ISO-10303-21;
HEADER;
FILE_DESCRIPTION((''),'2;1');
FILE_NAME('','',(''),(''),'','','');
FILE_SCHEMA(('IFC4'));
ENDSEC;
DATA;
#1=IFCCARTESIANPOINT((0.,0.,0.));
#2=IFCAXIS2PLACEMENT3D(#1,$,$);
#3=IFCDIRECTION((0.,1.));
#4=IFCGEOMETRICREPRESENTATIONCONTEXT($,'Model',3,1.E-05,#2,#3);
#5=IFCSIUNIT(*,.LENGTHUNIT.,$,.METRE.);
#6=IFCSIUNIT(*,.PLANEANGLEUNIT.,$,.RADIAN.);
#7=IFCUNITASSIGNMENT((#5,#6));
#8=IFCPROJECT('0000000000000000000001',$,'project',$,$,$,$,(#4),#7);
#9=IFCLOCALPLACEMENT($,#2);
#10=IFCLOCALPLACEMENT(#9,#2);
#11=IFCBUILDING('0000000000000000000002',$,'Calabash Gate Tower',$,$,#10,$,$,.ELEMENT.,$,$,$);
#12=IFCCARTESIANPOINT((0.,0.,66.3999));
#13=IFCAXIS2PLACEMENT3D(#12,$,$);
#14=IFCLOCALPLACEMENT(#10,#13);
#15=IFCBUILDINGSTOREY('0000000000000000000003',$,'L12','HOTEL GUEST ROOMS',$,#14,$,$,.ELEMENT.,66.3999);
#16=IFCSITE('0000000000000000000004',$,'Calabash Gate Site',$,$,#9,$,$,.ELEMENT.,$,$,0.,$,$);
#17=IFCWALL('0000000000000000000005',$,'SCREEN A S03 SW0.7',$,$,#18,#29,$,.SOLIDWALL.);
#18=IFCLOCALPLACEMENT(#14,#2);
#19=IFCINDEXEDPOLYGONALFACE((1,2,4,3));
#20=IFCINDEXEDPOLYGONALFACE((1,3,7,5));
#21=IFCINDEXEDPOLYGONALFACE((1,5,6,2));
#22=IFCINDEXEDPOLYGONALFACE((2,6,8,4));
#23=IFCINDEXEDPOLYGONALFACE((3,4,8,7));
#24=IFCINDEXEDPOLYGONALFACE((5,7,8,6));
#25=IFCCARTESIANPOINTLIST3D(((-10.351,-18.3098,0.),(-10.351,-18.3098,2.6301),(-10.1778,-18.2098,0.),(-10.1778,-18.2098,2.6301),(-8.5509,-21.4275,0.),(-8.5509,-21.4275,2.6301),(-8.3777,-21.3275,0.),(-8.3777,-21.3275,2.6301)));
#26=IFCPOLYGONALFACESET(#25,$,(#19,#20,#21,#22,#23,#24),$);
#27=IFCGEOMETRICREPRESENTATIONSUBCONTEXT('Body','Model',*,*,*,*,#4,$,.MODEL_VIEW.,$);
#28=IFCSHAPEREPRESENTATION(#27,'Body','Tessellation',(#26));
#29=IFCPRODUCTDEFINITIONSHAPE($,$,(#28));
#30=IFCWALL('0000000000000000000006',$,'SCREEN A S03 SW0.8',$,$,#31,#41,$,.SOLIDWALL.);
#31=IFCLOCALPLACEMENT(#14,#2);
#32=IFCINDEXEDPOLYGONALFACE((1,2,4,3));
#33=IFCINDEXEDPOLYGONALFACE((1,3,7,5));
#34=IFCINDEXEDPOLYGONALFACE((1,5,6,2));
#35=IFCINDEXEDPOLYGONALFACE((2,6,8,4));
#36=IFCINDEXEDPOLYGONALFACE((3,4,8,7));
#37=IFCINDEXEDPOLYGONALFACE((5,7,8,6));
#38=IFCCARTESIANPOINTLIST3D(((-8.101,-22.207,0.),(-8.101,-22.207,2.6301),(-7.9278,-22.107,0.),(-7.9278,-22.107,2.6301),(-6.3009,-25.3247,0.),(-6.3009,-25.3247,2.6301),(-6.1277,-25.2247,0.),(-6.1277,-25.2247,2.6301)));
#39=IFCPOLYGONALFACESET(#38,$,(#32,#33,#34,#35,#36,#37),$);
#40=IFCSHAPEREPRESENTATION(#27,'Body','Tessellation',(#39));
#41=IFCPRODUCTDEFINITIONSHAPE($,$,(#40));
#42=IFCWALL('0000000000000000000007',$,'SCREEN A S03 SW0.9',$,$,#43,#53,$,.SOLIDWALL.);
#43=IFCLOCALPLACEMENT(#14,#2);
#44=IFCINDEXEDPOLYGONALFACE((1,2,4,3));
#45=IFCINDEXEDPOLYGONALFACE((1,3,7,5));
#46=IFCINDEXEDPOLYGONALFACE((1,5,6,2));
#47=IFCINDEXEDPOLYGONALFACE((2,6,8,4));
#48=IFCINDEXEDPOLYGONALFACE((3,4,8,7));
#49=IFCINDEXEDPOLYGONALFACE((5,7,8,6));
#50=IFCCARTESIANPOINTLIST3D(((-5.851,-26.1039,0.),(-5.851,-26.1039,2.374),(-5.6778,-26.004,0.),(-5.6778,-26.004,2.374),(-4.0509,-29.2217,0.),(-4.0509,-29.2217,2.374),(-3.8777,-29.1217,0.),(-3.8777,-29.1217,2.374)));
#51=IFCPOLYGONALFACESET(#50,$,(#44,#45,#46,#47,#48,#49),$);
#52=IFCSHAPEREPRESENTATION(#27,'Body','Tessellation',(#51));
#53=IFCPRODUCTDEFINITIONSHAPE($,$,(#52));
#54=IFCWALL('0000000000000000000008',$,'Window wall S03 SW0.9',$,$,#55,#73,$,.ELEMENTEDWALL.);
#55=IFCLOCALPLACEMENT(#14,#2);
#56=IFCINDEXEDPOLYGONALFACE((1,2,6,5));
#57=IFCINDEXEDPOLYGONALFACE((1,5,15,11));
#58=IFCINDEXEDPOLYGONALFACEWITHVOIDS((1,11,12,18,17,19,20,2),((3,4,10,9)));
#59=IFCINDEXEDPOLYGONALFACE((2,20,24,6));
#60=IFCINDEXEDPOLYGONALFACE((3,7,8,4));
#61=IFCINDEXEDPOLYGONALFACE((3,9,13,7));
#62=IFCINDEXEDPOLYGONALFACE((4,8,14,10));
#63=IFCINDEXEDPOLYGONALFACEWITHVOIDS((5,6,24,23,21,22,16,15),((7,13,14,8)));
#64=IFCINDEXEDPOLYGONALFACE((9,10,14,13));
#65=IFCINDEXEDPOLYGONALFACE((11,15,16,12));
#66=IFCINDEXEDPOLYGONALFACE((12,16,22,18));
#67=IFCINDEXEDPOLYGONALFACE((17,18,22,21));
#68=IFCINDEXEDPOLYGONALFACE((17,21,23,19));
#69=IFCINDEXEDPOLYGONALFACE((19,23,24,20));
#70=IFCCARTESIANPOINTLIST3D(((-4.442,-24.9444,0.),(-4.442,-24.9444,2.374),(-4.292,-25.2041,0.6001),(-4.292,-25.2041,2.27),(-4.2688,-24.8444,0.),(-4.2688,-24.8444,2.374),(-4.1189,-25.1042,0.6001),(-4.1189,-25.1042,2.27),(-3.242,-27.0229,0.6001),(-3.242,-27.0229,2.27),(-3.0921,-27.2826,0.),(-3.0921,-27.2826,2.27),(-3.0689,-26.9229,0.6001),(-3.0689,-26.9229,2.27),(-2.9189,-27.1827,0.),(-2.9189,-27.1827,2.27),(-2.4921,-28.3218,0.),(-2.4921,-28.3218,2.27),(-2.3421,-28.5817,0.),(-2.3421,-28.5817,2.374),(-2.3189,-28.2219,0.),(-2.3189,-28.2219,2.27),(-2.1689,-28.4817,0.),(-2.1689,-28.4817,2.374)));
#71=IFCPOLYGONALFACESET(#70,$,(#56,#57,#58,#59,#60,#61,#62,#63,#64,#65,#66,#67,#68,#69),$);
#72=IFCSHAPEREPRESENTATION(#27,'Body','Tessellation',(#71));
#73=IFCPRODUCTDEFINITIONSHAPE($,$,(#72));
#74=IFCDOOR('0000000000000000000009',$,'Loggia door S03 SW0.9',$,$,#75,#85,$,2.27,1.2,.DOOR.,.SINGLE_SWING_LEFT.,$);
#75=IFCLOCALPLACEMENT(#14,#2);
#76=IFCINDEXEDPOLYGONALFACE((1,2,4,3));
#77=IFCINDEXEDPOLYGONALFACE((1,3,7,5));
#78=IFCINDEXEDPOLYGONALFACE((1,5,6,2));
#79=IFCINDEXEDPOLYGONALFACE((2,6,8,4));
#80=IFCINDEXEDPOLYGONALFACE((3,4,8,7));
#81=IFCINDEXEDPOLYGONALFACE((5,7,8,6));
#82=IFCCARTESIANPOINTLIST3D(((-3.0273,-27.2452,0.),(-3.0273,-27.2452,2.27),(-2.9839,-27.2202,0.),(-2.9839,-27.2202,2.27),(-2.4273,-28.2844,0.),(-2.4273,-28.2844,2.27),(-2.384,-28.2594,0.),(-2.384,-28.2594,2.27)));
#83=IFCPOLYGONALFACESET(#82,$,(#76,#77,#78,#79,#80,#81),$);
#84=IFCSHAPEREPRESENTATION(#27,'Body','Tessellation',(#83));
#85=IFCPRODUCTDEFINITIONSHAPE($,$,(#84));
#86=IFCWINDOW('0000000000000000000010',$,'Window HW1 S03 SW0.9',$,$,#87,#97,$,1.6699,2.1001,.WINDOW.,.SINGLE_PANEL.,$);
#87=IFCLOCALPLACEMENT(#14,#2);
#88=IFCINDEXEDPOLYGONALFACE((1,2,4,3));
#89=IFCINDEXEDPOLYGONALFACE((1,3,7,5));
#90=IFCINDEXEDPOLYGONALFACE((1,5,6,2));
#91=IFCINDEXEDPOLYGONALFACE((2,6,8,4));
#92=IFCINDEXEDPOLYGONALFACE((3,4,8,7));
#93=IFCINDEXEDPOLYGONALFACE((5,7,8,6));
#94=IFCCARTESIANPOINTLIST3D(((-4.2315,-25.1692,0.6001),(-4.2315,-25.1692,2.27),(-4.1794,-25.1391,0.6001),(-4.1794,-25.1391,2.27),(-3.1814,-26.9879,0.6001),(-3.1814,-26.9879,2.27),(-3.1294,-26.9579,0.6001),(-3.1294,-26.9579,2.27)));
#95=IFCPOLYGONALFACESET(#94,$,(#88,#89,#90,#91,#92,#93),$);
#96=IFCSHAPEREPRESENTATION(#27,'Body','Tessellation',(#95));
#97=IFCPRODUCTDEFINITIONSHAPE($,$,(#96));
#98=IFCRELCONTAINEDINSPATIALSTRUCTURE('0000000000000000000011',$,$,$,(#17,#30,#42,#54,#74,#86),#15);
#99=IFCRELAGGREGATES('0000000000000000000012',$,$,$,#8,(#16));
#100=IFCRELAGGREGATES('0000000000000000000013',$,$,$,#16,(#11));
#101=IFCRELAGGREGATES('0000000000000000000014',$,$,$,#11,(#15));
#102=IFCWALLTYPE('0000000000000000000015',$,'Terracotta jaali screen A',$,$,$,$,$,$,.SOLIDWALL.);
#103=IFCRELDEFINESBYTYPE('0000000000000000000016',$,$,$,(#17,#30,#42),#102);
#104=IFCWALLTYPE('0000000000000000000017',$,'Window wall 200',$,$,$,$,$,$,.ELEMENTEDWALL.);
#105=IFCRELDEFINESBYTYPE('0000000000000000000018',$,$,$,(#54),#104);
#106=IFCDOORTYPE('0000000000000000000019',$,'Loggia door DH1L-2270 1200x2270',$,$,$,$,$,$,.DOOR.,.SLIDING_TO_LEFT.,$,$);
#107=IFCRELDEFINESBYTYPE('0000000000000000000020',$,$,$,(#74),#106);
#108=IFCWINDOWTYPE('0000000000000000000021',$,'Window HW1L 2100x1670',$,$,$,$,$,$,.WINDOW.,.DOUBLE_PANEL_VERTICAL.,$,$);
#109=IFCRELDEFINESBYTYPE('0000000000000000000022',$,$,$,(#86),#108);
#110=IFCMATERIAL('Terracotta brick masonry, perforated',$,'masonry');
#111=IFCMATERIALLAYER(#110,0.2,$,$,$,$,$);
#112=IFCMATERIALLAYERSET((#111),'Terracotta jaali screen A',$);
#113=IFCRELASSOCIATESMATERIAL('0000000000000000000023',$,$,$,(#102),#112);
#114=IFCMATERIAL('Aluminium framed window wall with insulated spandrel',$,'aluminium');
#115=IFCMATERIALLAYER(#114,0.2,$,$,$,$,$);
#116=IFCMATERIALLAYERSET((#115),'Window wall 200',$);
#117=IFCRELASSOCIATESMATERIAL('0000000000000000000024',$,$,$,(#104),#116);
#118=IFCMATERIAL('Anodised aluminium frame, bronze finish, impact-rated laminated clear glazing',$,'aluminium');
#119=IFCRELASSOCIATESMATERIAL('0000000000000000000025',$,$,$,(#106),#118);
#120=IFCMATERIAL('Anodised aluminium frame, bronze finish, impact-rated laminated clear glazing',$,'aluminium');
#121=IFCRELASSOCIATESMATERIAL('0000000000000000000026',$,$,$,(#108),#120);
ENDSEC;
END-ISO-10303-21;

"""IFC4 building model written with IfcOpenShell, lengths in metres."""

from ifc_helpers import new_model, si_unit, direction, frame, frame_2d, origin, place, context, subcontext, project, spatial, rectangle, extrude, material, layer, layer_set, type_object, element, fill, save


model = new_model("IFC4")

# Units and contexts
model_context = context("Model", 3, precision=1e-05, world=origin(), true_north=direction((0.0, 1.0)))
body_context = subcontext(model_context, "Body", "Model", "MODEL_VIEW")
ifc_project = project(units=[si_unit("LENGTHUNIT", "METRE"), si_unit("PLANEANGLEUNIT", "RADIAN")], contexts=[model_context])

# Site, building, storey
site_placement = place(None, origin())
site = spatial("IfcSite", under=ifc_project, at=site_placement, Name="Calabash Gate Site", CompositionType="ELEMENT", RefElevation=0.0)
building_placement = place(site_placement, origin())
building = spatial("IfcBuilding", under=site, at=building_placement, Name="Calabash Gate Tower", CompositionType="ELEMENT")
storey_placement = place(building_placement, frame((0.0, 0.0, 66.3999)))
storey = spatial("IfcBuildingStorey", under=building, at=storey_placement, Name="L12", Description="HOTEL GUEST ROOMS", CompositionType="ELEMENT", Elevation=66.3999)

# Walls
ifc_material_1 = material(Name="Terracotta brick masonry, perforated", Category="masonry")
ifc_layer_1 = layer(ifc_material_1, 0.2)
ifc_layer_set_1 = layer_set([ifc_layer_1], Name="Terracotta jaali screen A")
wall_type_1 = type_object("IfcWallType", Name="Terracotta jaali screen A", PredefinedType="SOLIDWALL", material=ifc_layer_set_1)
for number, where, z_axis, x_axis, name in (
    (1, (-10.2644, -18.2598, 0.0), (0.0, 0.0, 1.0), (0.500012, -0.866018, 0.0), "SCREEN A S03 SW0.7"),
    (2, (-8.0144, -22.157, 0.0), (0.0, 0.0, 1.0), (0.500012, -0.866018, 0.0), "SCREEN A S03 SW0.8"),
):
    element("IfcWall", number, at=place(storey_placement, frame(where, z_axis=z_axis, x_axis=x_axis)), inside=storey, type_object=wall_type_1, Name=name, PredefinedType="SOLIDWALL", context=body_context, shape_type="SweptSolid", body=[
        extrude(rectangle(XDim=3.6001, YDim=0.2, at=frame_2d((1.8, 0.0))), origin(), (0.0, 0.0, 1.0), 2.6301),
    ])
wall_1_placement = place(storey_placement, frame((-5.7644, -26.054, 0.0), z_axis=(0.0, 0.0, 1.0), x_axis=(0.500012, -0.866018, 0.0)))
element("IfcWall", 3, at=wall_1_placement, inside=storey, type_object=wall_type_1, Name="SCREEN A S03 SW0.9", PredefinedType="SOLIDWALL", context=body_context, shape_type="SweptSolid", body=[
    extrude(rectangle(XDim=3.6001, YDim=0.2, at=frame_2d((1.8, 0.0))), origin(), (0.0, 0.0, 1.0), 2.374),
])

# Wall, openings, door, window
ifc_material_2 = material(Name="Aluminium framed window wall with insulated spandrel", Category="aluminium")
ifc_layer_2 = layer(ifc_material_2, 0.2)
ifc_layer_set_2 = layer_set([ifc_layer_2], Name="Window wall 200")
wall_type_2 = type_object("IfcWallType", Name="Window wall 200", PredefinedType="ELEMENTEDWALL", material=ifc_layer_set_2)
wall_2_placement = place(storey_placement, frame((-4.3555, -24.8943, 0.0), z_axis=(0.0, 0.0, 1.0), x_axis=(0.499984, -0.866035, 0.0)))
wall_2 = element("IfcWall", 4, at=wall_2_placement, inside=storey, type_object=wall_type_2, Name="Window wall S03 SW0.9", PredefinedType="ELEMENTEDWALL", context=body_context, shape_type="SweptSolid", body=[
    extrude(rectangle(XDim=4.2, YDim=0.2, at=frame_2d((2.1001, 0.0))), origin(), (0.0, 0.0, 1.0), 2.374),
])
opening_1_placement = place(wall_2_placement, frame((0.3, 0.0, 0.6001)))
opening_1 = element("IfcOpeningElement", 5, at=opening_1_placement, cuts=wall_2, PredefinedType="OPENING", context=body_context, shape_type="SweptSolid", body=[
    extrude(rectangle(XDim=2.1001, YDim=1.6699, at=frame_2d((1.05, 0.835))), frame((0.0, 0.1099, 0.0), z_axis=(0.0, -1.0, 0.0), x_axis=(1.0, 0.0, 0.0)), (0.0, 0.0, 1.0), 0.22),
])
opening_2_placement = place(wall_2_placement, frame((2.7, 0.0, 0.0)))
opening_2 = element("IfcOpeningElement", 6, at=opening_2_placement, cuts=wall_2, PredefinedType="OPENING", context=body_context, shape_type="SweptSolid", body=[
    extrude(rectangle(XDim=1.2, YDim=2.27, at=frame_2d((0.6001, 1.135))), frame((0.0, 0.1099, 0.0), z_axis=(0.0, -1.0, 0.0), x_axis=(1.0, 0.0, 0.0)), (0.0, 0.0, 1.0), 0.22),
])
ifc_material_3 = material(Name="Anodised aluminium frame, bronze finish, impact-rated laminated clear glazing", Category="aluminium")
door_type_1 = type_object("IfcDoorType", Name="Loggia door DH1L-2270 1200x2270", OperationType="SLIDING_TO_LEFT", PredefinedType="DOOR", material=ifc_material_3)
door_1_placement = place(opening_2_placement, origin())
door_1 = element("IfcDoor", 7, at=door_1_placement, inside=storey, type_object=door_type_1, Name="Loggia door S03 SW0.9", OperationType="SINGLE_SWING_LEFT", OverallHeight=2.27, OverallWidth=1.2, PredefinedType="DOOR", context=body_context, shape_type="SweptSolid", body=[
    extrude(rectangle(XDim=1.2, YDim=2.27, at=frame_2d((0.6001, 1.135))), frame((0.0, 0.0249, 0.0), z_axis=(0.0, -1.0, 0.0), x_axis=(1.0, 0.0, 0.0)), (0.0, 0.0, 1.0), 0.05),
])
fill(opening_2, door_1)
ifc_material_4 = material(Name="Anodised aluminium frame, bronze finish, impact-rated laminated clear glazing", Category="aluminium")
window_type_1 = type_object("IfcWindowType", Name="Window HW1L 2100x1670", PartitioningType="DOUBLE_PANEL_VERTICAL", PredefinedType="WINDOW", material=ifc_material_4)
window_1_placement = place(opening_1_placement, origin())
window_1 = element("IfcWindow", 8, at=window_1_placement, inside=storey, type_object=window_type_1, Name="Window HW1 S03 SW0.9", OverallHeight=1.6699, OverallWidth=2.1001, PartitioningType="SINGLE_PANEL", PredefinedType="WINDOW", context=body_context, shape_type="SweptSolid", body=[
    extrude(rectangle(XDim=2.1001, YDim=1.6699, at=frame_2d((1.05, 0.835))), frame((0.0, 0.03, 0.0), z_axis=(0.0, -1.0, 0.0), x_axis=(1.0, 0.0, 0.0)), (0.0, 0.0, 1.0), 0.0601),
])
fill(opening_1, window_1)

save(model, "model.ifc")
